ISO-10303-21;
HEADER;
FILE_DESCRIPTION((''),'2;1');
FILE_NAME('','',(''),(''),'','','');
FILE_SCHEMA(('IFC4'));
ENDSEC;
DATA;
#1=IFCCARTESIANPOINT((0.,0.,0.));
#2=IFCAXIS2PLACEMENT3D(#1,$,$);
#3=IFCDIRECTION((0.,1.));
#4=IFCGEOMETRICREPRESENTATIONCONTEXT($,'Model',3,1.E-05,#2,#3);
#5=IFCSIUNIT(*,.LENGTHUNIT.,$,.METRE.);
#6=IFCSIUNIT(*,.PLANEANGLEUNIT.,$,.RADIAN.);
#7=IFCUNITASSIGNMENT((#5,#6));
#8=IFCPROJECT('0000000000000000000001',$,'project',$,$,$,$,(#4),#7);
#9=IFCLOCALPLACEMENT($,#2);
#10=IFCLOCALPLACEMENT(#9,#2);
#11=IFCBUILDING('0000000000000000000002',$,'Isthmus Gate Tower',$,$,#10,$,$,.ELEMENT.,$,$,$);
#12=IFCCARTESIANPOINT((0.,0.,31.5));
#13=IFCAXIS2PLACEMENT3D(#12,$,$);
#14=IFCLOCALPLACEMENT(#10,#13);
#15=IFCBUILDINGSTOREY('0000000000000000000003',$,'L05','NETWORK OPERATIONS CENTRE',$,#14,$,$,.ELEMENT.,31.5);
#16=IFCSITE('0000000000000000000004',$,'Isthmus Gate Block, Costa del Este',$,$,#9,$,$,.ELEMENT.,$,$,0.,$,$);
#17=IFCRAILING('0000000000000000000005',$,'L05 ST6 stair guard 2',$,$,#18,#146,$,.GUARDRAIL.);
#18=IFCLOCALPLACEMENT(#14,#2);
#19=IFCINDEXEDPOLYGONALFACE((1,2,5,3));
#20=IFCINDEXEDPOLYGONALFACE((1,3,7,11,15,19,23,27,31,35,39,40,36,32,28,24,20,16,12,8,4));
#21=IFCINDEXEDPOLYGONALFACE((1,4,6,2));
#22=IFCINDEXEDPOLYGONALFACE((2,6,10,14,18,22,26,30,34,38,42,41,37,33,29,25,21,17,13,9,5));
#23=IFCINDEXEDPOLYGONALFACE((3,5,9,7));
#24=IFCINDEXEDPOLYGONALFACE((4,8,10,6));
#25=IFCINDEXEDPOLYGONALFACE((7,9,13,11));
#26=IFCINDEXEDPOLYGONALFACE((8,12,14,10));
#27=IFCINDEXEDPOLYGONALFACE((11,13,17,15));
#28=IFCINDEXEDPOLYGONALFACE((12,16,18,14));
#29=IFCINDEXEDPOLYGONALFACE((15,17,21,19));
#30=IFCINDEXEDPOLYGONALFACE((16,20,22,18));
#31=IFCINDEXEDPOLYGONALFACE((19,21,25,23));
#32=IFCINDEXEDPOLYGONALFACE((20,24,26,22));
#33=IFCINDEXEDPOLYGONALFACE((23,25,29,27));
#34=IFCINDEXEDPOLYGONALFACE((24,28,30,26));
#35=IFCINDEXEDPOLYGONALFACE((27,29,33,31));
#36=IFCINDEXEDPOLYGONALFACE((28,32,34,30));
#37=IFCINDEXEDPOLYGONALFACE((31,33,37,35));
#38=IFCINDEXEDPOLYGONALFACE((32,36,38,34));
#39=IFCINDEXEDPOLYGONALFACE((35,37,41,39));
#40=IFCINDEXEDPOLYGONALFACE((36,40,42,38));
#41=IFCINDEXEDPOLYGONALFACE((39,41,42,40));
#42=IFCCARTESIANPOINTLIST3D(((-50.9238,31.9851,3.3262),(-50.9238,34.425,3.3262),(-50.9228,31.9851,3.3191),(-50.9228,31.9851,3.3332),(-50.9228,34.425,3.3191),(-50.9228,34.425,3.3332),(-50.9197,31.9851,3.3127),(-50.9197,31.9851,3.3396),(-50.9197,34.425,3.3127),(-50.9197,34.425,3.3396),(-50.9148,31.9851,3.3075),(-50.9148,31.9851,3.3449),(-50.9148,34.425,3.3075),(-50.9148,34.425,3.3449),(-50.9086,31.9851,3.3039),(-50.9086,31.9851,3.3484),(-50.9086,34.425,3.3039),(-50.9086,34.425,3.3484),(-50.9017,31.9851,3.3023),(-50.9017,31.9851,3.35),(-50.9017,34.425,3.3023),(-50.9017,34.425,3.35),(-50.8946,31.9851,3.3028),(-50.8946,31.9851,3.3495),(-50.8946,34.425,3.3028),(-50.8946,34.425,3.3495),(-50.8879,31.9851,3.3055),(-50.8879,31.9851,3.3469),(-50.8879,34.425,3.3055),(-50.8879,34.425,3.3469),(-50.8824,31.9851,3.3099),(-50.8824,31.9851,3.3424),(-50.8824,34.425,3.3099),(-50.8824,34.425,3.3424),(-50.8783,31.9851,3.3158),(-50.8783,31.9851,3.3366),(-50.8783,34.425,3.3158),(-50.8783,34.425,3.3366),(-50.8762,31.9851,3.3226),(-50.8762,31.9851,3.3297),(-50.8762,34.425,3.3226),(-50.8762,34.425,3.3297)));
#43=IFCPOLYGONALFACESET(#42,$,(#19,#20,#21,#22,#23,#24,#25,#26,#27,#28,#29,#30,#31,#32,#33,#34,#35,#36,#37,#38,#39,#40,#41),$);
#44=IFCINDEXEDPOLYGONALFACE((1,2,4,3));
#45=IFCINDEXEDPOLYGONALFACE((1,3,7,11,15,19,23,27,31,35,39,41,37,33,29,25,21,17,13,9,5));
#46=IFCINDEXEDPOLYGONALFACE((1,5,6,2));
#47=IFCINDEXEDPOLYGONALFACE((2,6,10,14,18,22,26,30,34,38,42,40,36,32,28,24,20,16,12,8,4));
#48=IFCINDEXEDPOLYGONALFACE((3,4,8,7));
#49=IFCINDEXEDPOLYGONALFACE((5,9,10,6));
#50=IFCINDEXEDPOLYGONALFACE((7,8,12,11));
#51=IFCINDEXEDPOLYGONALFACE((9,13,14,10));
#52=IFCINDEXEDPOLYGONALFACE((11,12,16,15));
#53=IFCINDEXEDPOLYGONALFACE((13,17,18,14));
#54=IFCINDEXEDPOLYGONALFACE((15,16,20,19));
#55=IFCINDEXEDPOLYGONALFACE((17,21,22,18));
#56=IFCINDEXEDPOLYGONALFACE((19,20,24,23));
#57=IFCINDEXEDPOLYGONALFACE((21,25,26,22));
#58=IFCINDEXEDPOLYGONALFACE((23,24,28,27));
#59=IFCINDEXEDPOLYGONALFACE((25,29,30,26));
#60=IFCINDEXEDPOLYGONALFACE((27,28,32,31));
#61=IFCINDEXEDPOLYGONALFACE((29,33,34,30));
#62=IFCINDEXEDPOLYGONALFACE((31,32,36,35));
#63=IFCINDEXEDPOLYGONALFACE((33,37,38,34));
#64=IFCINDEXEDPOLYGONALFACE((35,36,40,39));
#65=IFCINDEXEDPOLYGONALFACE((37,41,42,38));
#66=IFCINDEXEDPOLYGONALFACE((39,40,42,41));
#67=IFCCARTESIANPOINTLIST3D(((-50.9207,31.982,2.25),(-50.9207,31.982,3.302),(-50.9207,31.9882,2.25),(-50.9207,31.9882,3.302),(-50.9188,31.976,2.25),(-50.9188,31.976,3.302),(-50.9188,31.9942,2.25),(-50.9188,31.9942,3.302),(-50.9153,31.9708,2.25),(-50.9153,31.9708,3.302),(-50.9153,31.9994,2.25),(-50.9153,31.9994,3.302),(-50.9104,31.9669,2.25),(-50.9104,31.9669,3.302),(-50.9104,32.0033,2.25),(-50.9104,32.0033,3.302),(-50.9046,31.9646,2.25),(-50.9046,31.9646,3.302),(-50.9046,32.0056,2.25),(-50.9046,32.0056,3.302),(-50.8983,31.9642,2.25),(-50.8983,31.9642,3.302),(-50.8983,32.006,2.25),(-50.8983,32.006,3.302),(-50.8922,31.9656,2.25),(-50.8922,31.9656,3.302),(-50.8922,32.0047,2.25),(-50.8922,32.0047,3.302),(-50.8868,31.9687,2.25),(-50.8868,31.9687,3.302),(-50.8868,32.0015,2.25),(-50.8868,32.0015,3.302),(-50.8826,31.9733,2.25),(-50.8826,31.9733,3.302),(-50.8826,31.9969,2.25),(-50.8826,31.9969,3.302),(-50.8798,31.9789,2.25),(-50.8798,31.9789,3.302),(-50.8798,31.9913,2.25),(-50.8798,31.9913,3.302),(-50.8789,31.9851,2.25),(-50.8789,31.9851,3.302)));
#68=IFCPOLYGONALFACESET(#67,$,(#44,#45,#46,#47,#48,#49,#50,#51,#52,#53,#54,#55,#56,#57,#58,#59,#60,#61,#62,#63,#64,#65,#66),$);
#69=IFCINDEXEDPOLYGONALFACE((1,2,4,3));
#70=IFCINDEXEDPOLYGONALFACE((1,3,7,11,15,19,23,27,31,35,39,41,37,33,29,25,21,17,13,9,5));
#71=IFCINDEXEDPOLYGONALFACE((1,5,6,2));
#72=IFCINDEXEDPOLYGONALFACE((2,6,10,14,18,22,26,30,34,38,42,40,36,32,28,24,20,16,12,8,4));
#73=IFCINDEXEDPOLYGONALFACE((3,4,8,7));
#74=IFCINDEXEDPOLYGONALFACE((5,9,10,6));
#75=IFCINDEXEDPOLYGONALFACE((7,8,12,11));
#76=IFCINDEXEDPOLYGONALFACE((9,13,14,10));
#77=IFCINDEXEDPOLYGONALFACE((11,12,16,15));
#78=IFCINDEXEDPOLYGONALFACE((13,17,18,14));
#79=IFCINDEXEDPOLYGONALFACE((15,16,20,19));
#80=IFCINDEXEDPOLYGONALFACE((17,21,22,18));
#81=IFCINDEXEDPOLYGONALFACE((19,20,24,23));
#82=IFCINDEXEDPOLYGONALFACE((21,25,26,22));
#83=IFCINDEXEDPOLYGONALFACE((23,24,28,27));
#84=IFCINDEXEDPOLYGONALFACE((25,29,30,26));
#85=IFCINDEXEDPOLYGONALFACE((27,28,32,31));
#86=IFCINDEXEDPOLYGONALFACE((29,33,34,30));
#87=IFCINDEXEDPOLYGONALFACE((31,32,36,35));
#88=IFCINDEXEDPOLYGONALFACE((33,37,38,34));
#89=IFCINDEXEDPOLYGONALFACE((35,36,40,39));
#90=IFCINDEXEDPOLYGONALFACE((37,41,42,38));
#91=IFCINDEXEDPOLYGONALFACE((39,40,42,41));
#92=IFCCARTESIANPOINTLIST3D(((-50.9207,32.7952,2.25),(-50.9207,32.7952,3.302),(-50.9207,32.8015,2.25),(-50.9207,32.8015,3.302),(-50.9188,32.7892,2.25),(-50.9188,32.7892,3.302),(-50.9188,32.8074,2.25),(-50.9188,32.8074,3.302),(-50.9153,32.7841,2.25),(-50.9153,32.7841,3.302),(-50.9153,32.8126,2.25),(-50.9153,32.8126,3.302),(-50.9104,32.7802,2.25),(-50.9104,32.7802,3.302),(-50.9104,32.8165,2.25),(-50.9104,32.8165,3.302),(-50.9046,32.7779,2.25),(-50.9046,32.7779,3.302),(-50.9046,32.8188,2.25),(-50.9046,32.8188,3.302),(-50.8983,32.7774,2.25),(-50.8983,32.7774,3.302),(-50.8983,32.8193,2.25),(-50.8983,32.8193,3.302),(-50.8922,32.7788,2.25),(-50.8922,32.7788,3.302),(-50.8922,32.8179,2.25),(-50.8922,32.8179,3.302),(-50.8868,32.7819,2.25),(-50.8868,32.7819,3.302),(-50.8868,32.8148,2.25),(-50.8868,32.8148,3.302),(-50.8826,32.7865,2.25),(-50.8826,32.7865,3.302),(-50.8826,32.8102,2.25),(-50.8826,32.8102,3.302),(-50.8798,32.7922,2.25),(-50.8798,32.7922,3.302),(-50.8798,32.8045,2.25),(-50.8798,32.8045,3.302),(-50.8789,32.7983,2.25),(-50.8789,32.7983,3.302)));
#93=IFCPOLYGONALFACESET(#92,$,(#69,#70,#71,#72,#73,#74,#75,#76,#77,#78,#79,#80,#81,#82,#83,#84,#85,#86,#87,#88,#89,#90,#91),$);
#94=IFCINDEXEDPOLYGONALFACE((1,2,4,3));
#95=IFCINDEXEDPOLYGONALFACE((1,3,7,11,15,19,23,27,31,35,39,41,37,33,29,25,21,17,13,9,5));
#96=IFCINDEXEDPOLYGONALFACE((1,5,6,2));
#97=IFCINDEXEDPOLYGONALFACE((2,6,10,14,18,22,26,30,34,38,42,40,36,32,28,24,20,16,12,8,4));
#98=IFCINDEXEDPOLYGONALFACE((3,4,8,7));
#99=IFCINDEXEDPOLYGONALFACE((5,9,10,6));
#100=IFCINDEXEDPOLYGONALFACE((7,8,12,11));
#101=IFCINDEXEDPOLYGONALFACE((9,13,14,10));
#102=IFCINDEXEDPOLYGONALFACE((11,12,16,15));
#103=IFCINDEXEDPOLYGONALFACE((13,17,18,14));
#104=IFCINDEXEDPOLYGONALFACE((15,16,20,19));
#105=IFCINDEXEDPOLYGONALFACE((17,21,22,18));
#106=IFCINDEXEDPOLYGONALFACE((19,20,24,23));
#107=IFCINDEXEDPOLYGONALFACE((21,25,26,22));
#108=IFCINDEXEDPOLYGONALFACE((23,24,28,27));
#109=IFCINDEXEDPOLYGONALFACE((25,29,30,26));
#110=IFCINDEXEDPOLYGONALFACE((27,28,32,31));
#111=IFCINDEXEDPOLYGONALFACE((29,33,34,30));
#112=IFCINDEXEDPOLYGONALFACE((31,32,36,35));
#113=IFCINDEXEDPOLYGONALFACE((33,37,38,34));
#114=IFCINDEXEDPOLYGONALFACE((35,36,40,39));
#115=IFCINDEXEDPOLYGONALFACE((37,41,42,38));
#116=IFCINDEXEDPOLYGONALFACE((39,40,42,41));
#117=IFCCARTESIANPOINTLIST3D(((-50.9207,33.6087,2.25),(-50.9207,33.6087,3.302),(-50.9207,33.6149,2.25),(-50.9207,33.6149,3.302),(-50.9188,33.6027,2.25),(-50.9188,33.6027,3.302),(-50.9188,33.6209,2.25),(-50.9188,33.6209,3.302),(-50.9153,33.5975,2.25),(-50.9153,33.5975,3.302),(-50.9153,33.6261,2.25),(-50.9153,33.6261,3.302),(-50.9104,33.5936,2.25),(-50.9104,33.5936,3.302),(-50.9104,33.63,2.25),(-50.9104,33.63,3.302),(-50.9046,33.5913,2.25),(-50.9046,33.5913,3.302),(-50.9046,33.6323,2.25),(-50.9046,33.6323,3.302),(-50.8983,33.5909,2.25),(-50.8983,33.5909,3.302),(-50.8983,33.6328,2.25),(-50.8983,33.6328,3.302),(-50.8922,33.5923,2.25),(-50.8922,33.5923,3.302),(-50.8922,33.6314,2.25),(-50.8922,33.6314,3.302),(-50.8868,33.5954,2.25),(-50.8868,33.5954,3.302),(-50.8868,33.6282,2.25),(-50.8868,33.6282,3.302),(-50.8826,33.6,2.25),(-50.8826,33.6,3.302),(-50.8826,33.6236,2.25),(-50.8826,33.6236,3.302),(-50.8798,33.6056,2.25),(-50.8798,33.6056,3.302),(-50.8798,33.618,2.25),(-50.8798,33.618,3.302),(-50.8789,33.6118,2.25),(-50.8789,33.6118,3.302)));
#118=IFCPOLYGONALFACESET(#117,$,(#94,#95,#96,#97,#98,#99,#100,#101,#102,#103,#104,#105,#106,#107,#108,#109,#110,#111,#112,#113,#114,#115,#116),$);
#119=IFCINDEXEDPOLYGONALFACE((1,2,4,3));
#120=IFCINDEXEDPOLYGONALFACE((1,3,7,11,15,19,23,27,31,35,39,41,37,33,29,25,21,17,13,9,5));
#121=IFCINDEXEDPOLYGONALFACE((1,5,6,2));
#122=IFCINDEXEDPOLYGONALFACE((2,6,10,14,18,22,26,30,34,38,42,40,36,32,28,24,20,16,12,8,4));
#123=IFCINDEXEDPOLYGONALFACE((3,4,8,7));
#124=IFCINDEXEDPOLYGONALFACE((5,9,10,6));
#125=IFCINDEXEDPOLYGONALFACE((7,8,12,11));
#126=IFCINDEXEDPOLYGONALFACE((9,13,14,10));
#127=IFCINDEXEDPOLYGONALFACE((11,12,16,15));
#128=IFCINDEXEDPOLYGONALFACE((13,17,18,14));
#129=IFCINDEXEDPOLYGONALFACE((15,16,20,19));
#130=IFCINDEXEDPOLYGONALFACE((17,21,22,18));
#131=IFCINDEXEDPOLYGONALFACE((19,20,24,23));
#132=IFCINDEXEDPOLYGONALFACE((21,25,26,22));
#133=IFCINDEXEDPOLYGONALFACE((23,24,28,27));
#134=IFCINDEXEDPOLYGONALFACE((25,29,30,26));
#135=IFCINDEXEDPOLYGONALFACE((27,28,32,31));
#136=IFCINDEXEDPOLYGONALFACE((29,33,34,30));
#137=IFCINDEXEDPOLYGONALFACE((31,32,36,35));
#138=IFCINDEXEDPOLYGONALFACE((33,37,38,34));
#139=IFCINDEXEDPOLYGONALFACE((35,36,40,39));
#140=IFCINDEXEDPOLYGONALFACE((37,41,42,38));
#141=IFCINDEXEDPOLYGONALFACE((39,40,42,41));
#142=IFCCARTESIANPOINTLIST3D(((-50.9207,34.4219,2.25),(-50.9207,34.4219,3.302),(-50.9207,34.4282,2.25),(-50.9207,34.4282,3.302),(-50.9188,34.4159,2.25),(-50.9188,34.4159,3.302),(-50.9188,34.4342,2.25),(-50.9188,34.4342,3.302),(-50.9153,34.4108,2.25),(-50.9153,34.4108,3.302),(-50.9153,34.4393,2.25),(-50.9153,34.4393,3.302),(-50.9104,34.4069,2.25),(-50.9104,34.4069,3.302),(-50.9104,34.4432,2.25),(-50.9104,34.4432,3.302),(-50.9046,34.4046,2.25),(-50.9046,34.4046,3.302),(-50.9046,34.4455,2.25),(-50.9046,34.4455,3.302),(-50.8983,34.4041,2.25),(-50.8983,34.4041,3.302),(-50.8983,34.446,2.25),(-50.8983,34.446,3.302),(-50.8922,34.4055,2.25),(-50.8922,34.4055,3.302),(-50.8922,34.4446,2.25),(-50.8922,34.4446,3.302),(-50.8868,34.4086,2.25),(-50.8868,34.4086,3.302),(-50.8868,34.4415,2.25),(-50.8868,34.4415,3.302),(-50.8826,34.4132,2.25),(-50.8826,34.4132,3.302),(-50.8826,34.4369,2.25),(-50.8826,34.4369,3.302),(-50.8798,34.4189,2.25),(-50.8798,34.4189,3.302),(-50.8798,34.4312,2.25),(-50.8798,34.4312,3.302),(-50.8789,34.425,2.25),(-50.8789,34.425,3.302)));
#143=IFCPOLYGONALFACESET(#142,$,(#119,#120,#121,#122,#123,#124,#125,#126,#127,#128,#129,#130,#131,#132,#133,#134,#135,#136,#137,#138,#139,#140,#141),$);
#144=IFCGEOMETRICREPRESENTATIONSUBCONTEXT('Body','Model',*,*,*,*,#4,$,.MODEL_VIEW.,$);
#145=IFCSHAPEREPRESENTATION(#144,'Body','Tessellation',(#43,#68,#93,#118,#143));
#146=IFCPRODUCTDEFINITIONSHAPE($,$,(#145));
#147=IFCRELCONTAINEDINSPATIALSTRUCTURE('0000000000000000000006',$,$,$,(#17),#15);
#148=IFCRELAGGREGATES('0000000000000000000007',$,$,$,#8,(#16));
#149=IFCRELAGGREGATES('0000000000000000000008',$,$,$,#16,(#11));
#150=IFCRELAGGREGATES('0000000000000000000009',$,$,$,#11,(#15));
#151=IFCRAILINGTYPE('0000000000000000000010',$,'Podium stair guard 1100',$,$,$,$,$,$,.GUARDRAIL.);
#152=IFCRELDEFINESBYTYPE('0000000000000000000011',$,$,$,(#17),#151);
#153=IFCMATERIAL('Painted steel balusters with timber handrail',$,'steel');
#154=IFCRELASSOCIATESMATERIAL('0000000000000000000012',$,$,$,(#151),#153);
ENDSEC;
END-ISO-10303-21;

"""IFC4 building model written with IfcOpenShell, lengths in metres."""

from ifc_helpers import new_model, si_unit, direction, frame, origin, origin_2d, place, context, subcontext, project, spatial, circle, extrude, material, type_object, element, save


model = new_model("IFC4")

# Units and contexts
model_context = context("Model", 3, precision=1e-05, world=origin(), true_north=direction((0.0, 1.0)))
body_context = subcontext(model_context, "Body", "Model", "MODEL_VIEW")
ifc_project = project(units=[si_unit("LENGTHUNIT", "METRE"), si_unit("PLANEANGLEUNIT", "RADIAN")], contexts=[model_context])

# Site, building, storey
site_placement = place(None, origin())
site = spatial("IfcSite", under=ifc_project, at=site_placement, Name="Isthmus Gate Block, Costa del Este", CompositionType="ELEMENT", RefElevation=0.0)
building_placement = place(site_placement, origin())
building = spatial("IfcBuilding", under=site, at=building_placement, Name="Isthmus Gate Tower", CompositionType="ELEMENT")
storey_placement = place(building_placement, frame((0.0, 0.0, 31.5)))
storey = spatial("IfcBuildingStorey", under=building, at=storey_placement, Name="L05", Description="NETWORK OPERATIONS CENTRE", CompositionType="ELEMENT", Elevation=31.5)

# Railing
ifc_material_1 = material(Name="Painted steel balusters with timber handrail", Category="steel")
railing_type_1 = type_object("IfcRailingType", Name="Podium stair guard 1100", PredefinedType="GUARDRAIL", material=ifc_material_1)
railing_1_placement = place(storey_placement, frame((-50.8999, 31.9851, 2.25)))
element("IfcRailing", 1, at=railing_1_placement, inside=storey, type_object=railing_type_1, Name="L05 ST6 stair guard 2", PredefinedType="GUARDRAIL", context=body_context, shape_type="SweptSolid", body=[
    extrude(circle(Radius=0.0239, at=origin_2d()), frame((0.0, 0.0, 1.0762), z_axis=(0.0, 1.0, 0.0), x_axis=(-1.0, 0.0, 0.0)), (0.0, 0.0, 1.0), 2.4399),
    extrude(circle(Radius=0.021, at=origin_2d()), origin(), (0.0, 0.0, 1.0), 1.052),
    extrude(circle(Radius=0.021, at=origin_2d()), frame((0.0, 0.8132, 0.0)), (0.0, 0.0, 1.0), 1.052),
    extrude(circle(Radius=0.021, at=origin_2d()), frame((0.0, 1.6267, 0.0)), (0.0, 0.0, 1.0), 1.052),
    extrude(circle(Radius=0.021, at=origin_2d()), frame((0.0, 2.4399, 0.0)), (0.0, 0.0, 1.0), 1.052),
])

save(model, "model.ifc")
